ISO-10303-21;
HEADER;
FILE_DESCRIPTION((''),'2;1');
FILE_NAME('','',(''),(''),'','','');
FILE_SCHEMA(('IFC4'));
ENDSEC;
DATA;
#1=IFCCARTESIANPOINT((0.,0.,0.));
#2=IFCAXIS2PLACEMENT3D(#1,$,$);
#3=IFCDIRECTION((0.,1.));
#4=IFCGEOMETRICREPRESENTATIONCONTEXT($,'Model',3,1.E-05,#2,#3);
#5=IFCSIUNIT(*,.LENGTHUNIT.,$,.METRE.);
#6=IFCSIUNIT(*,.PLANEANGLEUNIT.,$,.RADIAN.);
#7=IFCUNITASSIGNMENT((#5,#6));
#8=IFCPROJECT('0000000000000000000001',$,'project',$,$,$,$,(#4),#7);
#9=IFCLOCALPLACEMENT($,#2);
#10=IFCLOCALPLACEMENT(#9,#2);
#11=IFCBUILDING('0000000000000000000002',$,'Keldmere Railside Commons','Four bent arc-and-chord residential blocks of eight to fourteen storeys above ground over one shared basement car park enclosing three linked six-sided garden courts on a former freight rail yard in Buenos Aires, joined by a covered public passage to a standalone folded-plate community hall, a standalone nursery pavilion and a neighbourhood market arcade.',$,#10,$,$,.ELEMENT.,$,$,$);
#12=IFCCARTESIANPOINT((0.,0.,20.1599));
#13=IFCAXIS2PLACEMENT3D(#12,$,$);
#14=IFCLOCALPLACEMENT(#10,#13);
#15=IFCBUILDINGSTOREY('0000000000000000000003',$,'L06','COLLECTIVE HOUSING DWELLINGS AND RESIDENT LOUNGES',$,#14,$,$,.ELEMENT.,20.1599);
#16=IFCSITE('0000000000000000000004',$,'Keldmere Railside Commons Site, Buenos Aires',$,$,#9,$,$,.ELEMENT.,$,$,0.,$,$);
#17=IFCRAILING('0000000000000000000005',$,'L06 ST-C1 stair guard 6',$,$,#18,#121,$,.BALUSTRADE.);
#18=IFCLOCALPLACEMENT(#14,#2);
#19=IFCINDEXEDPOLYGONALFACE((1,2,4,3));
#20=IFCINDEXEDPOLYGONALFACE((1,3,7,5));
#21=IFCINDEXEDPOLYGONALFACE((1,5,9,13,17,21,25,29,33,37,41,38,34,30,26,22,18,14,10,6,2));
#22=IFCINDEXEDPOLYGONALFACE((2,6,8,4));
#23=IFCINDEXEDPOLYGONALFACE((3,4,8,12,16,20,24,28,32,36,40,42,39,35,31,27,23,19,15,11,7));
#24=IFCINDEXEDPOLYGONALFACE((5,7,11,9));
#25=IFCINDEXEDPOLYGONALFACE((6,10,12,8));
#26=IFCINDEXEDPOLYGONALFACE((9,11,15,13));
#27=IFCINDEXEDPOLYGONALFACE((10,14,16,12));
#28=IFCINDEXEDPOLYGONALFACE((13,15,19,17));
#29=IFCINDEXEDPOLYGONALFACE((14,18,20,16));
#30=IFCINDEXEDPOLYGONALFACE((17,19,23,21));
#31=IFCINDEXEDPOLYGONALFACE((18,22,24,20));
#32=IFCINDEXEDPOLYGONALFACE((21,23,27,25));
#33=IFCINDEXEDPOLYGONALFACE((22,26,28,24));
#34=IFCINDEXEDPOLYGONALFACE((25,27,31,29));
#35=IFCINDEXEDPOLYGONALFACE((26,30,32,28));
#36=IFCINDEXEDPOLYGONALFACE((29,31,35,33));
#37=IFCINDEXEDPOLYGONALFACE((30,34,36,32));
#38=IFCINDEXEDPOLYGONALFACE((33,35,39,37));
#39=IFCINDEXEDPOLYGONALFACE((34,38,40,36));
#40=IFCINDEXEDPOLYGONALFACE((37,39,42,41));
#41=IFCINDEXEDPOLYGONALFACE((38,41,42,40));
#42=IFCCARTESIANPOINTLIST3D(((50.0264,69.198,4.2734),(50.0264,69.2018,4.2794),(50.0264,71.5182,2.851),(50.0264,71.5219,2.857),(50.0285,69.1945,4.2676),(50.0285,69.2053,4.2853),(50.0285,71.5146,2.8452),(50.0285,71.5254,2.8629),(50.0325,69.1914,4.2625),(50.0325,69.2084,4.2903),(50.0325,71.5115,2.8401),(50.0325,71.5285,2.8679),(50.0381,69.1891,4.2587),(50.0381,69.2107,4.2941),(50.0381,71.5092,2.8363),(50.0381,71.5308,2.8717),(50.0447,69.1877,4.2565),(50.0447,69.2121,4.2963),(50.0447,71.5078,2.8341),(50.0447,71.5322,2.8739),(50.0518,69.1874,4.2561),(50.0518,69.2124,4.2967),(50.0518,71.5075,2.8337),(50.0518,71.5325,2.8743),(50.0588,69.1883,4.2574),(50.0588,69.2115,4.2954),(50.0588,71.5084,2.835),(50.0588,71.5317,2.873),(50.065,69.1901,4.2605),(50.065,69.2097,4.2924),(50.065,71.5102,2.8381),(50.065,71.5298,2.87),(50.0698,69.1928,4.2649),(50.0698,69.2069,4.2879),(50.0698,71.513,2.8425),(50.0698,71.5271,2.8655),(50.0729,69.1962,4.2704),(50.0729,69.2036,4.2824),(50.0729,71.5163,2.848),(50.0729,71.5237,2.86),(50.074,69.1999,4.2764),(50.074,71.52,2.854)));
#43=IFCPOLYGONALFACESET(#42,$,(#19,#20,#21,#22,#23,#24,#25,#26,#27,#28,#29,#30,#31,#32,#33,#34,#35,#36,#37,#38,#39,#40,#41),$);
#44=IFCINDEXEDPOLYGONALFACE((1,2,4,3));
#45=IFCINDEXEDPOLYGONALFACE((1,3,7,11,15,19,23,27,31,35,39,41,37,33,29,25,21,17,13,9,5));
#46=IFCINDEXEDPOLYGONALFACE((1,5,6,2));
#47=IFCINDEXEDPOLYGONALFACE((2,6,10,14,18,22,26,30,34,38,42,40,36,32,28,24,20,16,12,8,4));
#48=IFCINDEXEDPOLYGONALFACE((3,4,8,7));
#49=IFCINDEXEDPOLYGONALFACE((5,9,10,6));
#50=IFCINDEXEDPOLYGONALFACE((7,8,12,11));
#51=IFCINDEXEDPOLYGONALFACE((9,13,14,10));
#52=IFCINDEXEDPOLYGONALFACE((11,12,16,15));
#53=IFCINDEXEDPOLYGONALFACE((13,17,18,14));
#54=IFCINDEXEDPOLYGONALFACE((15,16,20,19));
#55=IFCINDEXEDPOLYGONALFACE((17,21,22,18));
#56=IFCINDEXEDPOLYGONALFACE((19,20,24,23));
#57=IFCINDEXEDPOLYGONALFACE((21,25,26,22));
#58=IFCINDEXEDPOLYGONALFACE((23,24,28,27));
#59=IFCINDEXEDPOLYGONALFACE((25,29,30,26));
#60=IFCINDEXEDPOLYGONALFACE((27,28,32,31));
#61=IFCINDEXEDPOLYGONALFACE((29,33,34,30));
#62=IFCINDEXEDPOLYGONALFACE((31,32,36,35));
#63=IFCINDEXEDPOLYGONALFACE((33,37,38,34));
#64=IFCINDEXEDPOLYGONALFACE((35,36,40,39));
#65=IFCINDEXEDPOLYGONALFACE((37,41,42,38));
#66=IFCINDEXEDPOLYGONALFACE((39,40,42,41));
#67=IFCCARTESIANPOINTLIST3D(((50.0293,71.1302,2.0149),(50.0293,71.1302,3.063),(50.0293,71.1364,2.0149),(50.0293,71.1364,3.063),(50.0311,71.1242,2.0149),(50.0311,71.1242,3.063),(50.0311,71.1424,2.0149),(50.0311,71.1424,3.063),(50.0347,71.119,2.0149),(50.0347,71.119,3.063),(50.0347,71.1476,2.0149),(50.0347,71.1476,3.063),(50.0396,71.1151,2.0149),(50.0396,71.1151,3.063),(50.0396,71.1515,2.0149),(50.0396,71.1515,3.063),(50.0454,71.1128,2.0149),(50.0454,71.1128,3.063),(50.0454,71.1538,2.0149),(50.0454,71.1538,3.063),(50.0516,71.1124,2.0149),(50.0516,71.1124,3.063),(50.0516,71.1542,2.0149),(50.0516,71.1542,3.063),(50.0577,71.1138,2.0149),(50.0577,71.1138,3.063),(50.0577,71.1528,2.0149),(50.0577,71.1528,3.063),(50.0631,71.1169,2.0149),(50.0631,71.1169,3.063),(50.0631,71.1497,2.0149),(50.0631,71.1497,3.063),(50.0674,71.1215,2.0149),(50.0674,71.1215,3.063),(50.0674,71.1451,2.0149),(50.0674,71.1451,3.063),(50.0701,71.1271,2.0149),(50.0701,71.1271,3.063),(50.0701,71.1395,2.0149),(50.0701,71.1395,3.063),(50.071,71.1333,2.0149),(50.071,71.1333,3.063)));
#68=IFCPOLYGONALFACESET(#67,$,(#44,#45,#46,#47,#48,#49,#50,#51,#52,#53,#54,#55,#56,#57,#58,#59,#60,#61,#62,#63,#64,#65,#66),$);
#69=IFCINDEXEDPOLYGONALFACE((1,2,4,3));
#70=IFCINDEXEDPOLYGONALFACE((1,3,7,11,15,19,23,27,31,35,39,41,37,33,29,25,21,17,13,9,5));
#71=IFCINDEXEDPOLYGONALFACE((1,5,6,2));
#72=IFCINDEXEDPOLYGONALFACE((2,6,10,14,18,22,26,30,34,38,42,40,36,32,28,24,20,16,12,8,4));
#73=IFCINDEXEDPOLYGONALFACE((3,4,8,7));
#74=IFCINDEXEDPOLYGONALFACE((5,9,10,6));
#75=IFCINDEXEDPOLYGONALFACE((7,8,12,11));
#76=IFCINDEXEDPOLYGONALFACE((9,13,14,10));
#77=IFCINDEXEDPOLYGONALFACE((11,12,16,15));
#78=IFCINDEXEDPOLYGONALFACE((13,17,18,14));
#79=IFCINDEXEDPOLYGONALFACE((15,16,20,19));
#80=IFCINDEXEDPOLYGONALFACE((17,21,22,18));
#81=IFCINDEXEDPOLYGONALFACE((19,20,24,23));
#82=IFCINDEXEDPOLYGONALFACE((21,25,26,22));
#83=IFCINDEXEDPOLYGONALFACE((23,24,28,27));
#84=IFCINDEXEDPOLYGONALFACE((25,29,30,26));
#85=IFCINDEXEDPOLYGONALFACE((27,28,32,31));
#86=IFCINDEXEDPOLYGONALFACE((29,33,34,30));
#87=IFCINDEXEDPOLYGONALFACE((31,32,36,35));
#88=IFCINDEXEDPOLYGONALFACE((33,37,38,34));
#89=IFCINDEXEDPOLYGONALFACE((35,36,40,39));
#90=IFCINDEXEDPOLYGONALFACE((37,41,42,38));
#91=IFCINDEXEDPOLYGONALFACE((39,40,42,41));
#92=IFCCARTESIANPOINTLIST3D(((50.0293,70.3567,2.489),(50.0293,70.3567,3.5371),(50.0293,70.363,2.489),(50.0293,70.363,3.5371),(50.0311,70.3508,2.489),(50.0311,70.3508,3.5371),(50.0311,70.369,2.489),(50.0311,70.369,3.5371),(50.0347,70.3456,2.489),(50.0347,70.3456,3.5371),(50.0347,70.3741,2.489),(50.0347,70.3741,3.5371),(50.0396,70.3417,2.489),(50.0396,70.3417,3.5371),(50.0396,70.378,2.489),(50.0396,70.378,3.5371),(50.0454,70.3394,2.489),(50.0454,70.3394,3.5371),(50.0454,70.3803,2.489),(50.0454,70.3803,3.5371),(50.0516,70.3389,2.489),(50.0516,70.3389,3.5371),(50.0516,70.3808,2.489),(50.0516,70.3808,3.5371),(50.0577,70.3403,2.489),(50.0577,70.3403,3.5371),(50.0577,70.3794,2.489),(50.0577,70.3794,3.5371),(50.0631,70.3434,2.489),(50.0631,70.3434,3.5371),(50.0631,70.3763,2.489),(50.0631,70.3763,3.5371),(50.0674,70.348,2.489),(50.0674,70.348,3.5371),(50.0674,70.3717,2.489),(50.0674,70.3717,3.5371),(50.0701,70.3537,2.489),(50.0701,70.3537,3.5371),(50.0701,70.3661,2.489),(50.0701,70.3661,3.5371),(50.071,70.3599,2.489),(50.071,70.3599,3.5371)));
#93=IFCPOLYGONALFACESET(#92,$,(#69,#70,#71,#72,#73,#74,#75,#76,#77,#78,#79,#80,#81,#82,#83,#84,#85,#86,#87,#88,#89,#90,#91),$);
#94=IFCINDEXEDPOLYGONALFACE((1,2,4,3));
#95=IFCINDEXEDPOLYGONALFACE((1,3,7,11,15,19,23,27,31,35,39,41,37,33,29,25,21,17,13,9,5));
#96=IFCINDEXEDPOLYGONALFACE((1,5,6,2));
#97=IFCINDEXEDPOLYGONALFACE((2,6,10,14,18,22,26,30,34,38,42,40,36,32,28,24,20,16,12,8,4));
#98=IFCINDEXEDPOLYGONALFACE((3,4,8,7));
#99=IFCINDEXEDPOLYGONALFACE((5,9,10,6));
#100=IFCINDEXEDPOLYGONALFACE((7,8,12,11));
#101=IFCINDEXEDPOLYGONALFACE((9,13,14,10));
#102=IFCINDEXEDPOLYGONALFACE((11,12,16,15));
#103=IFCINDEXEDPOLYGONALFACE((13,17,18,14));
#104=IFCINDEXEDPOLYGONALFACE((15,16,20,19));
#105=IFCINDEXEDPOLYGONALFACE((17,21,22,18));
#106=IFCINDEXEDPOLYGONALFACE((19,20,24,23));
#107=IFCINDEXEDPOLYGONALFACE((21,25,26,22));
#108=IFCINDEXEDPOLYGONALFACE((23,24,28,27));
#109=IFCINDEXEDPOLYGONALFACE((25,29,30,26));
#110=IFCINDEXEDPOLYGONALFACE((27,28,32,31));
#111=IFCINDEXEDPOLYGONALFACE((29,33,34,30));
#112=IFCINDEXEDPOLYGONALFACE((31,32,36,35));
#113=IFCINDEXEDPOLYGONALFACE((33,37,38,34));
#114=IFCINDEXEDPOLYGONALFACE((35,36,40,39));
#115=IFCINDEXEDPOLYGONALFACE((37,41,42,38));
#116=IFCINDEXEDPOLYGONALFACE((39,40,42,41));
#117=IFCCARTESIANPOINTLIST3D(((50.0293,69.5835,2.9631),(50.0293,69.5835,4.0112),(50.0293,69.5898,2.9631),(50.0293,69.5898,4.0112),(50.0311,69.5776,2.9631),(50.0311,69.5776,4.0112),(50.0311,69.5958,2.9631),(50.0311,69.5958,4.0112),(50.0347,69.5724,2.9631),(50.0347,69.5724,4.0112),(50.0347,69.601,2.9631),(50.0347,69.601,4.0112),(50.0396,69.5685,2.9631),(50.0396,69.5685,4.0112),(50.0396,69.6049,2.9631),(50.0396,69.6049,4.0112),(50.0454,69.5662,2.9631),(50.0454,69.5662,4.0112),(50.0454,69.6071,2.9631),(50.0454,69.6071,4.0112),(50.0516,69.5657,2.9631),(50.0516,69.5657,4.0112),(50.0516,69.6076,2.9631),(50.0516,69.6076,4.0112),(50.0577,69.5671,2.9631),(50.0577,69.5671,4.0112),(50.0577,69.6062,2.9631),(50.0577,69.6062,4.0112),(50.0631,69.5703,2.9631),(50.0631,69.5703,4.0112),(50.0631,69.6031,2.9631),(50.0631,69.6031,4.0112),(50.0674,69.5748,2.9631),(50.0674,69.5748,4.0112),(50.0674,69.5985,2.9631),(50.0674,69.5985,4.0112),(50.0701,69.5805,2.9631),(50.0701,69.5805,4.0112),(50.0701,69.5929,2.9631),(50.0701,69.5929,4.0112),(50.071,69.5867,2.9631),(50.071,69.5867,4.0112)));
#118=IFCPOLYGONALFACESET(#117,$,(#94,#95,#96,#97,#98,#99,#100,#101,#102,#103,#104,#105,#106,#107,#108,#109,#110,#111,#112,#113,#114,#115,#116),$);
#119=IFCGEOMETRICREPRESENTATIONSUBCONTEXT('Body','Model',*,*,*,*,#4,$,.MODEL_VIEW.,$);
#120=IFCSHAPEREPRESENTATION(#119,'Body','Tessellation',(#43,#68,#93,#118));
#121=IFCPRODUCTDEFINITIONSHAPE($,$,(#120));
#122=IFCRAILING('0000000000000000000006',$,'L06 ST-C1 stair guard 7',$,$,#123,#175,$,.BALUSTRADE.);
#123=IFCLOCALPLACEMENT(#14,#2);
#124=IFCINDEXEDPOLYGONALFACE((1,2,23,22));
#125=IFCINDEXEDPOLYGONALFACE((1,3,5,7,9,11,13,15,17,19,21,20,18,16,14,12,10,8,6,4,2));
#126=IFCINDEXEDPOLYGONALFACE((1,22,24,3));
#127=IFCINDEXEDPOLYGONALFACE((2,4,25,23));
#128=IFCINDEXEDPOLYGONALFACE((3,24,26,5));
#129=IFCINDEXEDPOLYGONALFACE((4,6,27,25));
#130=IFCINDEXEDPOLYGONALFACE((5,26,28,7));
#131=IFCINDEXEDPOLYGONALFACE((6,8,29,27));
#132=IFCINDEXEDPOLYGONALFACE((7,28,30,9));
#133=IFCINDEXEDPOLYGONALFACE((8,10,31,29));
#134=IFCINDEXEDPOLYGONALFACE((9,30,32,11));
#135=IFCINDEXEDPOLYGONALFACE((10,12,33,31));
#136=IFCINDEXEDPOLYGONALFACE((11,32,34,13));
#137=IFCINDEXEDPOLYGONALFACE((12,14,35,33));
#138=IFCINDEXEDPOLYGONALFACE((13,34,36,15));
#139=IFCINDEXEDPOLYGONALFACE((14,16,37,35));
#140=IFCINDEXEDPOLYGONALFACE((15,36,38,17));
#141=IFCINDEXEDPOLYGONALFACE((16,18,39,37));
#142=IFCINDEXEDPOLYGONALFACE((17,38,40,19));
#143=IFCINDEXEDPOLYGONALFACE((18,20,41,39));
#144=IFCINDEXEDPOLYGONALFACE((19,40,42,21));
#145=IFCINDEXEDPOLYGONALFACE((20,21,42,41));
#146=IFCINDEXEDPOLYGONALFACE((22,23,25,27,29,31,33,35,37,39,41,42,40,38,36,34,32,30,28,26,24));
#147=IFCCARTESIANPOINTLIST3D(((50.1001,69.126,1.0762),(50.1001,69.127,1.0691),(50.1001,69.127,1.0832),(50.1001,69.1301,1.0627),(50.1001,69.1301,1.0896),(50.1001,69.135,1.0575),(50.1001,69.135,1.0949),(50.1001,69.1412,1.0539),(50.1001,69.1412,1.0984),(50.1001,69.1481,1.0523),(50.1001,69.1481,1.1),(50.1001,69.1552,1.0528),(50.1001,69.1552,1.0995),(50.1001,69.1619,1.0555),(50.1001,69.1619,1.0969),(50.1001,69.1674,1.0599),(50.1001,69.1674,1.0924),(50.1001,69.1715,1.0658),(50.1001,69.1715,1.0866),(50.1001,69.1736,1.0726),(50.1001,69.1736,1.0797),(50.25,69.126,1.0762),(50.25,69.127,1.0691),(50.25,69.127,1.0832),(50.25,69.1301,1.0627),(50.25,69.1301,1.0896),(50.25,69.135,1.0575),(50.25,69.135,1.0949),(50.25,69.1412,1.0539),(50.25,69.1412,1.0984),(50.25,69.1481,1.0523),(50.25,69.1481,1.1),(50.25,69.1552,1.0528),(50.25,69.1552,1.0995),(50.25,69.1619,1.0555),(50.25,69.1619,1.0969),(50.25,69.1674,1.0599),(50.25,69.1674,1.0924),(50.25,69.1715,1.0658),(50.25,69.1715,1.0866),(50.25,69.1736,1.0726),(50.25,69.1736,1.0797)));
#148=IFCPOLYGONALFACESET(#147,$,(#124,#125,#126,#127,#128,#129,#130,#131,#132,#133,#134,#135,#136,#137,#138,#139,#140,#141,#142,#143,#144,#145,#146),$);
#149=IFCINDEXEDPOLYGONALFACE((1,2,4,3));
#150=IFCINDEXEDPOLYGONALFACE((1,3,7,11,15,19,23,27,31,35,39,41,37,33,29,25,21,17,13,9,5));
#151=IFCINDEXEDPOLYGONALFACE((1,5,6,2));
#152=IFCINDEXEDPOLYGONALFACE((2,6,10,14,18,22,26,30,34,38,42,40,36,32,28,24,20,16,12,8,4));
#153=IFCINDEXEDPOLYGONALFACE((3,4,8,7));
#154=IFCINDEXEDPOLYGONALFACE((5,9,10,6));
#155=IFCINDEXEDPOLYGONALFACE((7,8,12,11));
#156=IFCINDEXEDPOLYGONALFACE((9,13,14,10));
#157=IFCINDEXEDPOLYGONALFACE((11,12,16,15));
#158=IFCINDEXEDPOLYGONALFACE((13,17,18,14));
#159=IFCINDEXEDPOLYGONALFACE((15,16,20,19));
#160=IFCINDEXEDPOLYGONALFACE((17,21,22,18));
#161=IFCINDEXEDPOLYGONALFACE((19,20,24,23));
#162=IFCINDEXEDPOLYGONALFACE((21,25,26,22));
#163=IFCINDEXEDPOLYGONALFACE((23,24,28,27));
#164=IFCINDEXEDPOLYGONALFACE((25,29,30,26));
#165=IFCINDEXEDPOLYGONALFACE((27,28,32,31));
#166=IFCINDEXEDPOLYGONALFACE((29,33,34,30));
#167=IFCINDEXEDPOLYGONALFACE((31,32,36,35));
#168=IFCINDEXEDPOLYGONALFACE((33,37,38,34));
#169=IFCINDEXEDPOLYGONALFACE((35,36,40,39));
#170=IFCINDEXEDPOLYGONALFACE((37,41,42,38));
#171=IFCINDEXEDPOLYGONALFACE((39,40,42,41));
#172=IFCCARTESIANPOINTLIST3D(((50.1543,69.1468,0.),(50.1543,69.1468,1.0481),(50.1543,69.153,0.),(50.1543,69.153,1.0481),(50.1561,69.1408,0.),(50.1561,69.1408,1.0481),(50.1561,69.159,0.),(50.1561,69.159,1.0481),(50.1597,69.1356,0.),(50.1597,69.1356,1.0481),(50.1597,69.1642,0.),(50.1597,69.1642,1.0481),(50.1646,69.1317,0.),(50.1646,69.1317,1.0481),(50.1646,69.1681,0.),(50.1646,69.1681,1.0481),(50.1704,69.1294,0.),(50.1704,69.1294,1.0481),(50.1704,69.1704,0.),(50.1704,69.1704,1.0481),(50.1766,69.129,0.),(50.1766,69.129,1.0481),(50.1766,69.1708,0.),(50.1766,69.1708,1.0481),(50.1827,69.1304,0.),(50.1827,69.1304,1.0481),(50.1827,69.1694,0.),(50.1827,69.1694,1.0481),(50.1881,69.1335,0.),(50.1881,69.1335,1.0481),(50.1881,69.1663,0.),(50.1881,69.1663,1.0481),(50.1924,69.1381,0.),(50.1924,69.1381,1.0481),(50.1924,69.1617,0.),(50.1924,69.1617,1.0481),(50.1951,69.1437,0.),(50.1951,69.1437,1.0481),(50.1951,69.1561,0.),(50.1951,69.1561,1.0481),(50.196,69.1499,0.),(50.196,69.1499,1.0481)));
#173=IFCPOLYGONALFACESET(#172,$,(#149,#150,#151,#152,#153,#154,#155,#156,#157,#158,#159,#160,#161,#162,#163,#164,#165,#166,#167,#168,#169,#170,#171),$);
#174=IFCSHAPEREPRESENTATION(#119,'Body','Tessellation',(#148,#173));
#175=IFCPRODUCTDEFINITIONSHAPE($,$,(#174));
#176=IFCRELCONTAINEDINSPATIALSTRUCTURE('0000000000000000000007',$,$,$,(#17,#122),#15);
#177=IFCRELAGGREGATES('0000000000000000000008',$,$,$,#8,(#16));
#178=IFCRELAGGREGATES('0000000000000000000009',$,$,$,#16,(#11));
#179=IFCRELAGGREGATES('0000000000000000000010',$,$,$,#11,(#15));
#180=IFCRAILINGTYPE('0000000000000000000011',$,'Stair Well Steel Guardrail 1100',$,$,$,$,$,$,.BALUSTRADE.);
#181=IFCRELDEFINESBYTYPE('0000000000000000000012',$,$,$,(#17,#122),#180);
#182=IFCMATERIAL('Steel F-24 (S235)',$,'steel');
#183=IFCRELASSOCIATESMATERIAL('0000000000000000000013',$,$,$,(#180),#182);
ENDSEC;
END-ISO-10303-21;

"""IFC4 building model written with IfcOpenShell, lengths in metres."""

from ifc_helpers import new_model, si_unit, direction, frame, origin, origin_2d, place, context, subcontext, project, spatial, circle, extrude, material, type_object, element, save


model = new_model("IFC4")

# Units and contexts
model_context = context("Model", 3, precision=1e-05, world=origin(), true_north=direction((0.0, 1.0)))
body_context = subcontext(model_context, "Body", "Model", "MODEL_VIEW")
ifc_project = project(units=[si_unit("LENGTHUNIT", "METRE"), si_unit("PLANEANGLEUNIT", "RADIAN")], contexts=[model_context])

# Site, building, storey
site_placement = place(None, origin())
site = spatial("IfcSite", under=ifc_project, at=site_placement, Name="Keldmere Railside Commons Site, Buenos Aires", CompositionType="ELEMENT", RefElevation=0.0)
building_placement = place(site_placement, origin())
building = spatial("IfcBuilding", under=site, at=building_placement, Name="Keldmere Railside Commons", Description="Four bent arc-and-chord residential blocks of eight to fourteen storeys above ground over one shared basement car park enclosing three linked six-sided garden courts on a former freight rail yard in Buenos Aires, joined by a covered public passage to a standalone folded-plate community hall, a standalone nursery pavilion and a neighbourhood market arcade.", CompositionType="ELEMENT")
storey_placement = place(building_placement, frame((0.0, 0.0, 20.1599)))
storey = spatial("IfcBuildingStorey", under=building, at=storey_placement, Name="L06", Description="COLLECTIVE HOUSING DWELLINGS AND RESIDENT LOUNGES", CompositionType="ELEMENT", Elevation=20.1599)

# Shared definitions
ifc_material_1 = material(Name="Steel F-24 (S235)", Category="steel")

# Railings
railing_type_1 = type_object("IfcRailingType", Name="Stair Well Steel Guardrail 1100", PredefinedType="BALUSTRADE", material=ifc_material_1)
railing_1_placement = place(storey_placement, frame((50.05, 71.52, 1.7778)))
element("IfcRailing", 1, at=railing_1_placement, inside=storey, type_object=railing_type_1, Name="L06 ST-C1 stair guard 6", PredefinedType="BALUSTRADE", context=body_context, shape_type="SweptSolid", body=[
    extrude(circle(Radius=0.0239, at=origin_2d()), frame((0.0, 0.0, 1.0762), z_axis=(0.0, -0.852538, 0.522665), x_axis=(1.0, 0.0, 0.0)), (0.0, 0.0, 1.0), 2.7214),
    extrude(circle(Radius=0.021, at=origin_2d()), frame((0.0, -0.3867, 0.2371)), (0.0, 0.0, 1.0), 1.0481),
    extrude(circle(Radius=0.021, at=origin_2d()), frame((0.0, -1.1602, 0.7112)), (0.0, 0.0, 1.0), 1.0481),
    extrude(circle(Radius=0.021, at=origin_2d()), frame((0.0, -1.9333, 1.1853)), (0.0, 0.0, 1.0), 1.0481),
])
railing_2_placement = place(storey_placement, frame((50.25, 69.1499, 0.0)))
element("IfcRailing", 2, at=railing_2_placement, inside=storey, type_object=railing_type_1, Name="L06 ST-C1 stair guard 7", PredefinedType="BALUSTRADE", context=body_context, shape_type="SweptSolid", body=[
    extrude(circle(Radius=0.0239, at=origin_2d()), frame((0.0, 0.0, 1.0762), z_axis=(-1.0, 0.0, 0.0), x_axis=(0.0, -1.0, 0.0)), (0.0, 0.0, 1.0), 0.1499),
    extrude(circle(Radius=0.021, at=origin_2d()), frame((-0.075, 0.0, 0.0)), (0.0, 0.0, 1.0), 1.0481),
])

save(model, "model.ifc")
